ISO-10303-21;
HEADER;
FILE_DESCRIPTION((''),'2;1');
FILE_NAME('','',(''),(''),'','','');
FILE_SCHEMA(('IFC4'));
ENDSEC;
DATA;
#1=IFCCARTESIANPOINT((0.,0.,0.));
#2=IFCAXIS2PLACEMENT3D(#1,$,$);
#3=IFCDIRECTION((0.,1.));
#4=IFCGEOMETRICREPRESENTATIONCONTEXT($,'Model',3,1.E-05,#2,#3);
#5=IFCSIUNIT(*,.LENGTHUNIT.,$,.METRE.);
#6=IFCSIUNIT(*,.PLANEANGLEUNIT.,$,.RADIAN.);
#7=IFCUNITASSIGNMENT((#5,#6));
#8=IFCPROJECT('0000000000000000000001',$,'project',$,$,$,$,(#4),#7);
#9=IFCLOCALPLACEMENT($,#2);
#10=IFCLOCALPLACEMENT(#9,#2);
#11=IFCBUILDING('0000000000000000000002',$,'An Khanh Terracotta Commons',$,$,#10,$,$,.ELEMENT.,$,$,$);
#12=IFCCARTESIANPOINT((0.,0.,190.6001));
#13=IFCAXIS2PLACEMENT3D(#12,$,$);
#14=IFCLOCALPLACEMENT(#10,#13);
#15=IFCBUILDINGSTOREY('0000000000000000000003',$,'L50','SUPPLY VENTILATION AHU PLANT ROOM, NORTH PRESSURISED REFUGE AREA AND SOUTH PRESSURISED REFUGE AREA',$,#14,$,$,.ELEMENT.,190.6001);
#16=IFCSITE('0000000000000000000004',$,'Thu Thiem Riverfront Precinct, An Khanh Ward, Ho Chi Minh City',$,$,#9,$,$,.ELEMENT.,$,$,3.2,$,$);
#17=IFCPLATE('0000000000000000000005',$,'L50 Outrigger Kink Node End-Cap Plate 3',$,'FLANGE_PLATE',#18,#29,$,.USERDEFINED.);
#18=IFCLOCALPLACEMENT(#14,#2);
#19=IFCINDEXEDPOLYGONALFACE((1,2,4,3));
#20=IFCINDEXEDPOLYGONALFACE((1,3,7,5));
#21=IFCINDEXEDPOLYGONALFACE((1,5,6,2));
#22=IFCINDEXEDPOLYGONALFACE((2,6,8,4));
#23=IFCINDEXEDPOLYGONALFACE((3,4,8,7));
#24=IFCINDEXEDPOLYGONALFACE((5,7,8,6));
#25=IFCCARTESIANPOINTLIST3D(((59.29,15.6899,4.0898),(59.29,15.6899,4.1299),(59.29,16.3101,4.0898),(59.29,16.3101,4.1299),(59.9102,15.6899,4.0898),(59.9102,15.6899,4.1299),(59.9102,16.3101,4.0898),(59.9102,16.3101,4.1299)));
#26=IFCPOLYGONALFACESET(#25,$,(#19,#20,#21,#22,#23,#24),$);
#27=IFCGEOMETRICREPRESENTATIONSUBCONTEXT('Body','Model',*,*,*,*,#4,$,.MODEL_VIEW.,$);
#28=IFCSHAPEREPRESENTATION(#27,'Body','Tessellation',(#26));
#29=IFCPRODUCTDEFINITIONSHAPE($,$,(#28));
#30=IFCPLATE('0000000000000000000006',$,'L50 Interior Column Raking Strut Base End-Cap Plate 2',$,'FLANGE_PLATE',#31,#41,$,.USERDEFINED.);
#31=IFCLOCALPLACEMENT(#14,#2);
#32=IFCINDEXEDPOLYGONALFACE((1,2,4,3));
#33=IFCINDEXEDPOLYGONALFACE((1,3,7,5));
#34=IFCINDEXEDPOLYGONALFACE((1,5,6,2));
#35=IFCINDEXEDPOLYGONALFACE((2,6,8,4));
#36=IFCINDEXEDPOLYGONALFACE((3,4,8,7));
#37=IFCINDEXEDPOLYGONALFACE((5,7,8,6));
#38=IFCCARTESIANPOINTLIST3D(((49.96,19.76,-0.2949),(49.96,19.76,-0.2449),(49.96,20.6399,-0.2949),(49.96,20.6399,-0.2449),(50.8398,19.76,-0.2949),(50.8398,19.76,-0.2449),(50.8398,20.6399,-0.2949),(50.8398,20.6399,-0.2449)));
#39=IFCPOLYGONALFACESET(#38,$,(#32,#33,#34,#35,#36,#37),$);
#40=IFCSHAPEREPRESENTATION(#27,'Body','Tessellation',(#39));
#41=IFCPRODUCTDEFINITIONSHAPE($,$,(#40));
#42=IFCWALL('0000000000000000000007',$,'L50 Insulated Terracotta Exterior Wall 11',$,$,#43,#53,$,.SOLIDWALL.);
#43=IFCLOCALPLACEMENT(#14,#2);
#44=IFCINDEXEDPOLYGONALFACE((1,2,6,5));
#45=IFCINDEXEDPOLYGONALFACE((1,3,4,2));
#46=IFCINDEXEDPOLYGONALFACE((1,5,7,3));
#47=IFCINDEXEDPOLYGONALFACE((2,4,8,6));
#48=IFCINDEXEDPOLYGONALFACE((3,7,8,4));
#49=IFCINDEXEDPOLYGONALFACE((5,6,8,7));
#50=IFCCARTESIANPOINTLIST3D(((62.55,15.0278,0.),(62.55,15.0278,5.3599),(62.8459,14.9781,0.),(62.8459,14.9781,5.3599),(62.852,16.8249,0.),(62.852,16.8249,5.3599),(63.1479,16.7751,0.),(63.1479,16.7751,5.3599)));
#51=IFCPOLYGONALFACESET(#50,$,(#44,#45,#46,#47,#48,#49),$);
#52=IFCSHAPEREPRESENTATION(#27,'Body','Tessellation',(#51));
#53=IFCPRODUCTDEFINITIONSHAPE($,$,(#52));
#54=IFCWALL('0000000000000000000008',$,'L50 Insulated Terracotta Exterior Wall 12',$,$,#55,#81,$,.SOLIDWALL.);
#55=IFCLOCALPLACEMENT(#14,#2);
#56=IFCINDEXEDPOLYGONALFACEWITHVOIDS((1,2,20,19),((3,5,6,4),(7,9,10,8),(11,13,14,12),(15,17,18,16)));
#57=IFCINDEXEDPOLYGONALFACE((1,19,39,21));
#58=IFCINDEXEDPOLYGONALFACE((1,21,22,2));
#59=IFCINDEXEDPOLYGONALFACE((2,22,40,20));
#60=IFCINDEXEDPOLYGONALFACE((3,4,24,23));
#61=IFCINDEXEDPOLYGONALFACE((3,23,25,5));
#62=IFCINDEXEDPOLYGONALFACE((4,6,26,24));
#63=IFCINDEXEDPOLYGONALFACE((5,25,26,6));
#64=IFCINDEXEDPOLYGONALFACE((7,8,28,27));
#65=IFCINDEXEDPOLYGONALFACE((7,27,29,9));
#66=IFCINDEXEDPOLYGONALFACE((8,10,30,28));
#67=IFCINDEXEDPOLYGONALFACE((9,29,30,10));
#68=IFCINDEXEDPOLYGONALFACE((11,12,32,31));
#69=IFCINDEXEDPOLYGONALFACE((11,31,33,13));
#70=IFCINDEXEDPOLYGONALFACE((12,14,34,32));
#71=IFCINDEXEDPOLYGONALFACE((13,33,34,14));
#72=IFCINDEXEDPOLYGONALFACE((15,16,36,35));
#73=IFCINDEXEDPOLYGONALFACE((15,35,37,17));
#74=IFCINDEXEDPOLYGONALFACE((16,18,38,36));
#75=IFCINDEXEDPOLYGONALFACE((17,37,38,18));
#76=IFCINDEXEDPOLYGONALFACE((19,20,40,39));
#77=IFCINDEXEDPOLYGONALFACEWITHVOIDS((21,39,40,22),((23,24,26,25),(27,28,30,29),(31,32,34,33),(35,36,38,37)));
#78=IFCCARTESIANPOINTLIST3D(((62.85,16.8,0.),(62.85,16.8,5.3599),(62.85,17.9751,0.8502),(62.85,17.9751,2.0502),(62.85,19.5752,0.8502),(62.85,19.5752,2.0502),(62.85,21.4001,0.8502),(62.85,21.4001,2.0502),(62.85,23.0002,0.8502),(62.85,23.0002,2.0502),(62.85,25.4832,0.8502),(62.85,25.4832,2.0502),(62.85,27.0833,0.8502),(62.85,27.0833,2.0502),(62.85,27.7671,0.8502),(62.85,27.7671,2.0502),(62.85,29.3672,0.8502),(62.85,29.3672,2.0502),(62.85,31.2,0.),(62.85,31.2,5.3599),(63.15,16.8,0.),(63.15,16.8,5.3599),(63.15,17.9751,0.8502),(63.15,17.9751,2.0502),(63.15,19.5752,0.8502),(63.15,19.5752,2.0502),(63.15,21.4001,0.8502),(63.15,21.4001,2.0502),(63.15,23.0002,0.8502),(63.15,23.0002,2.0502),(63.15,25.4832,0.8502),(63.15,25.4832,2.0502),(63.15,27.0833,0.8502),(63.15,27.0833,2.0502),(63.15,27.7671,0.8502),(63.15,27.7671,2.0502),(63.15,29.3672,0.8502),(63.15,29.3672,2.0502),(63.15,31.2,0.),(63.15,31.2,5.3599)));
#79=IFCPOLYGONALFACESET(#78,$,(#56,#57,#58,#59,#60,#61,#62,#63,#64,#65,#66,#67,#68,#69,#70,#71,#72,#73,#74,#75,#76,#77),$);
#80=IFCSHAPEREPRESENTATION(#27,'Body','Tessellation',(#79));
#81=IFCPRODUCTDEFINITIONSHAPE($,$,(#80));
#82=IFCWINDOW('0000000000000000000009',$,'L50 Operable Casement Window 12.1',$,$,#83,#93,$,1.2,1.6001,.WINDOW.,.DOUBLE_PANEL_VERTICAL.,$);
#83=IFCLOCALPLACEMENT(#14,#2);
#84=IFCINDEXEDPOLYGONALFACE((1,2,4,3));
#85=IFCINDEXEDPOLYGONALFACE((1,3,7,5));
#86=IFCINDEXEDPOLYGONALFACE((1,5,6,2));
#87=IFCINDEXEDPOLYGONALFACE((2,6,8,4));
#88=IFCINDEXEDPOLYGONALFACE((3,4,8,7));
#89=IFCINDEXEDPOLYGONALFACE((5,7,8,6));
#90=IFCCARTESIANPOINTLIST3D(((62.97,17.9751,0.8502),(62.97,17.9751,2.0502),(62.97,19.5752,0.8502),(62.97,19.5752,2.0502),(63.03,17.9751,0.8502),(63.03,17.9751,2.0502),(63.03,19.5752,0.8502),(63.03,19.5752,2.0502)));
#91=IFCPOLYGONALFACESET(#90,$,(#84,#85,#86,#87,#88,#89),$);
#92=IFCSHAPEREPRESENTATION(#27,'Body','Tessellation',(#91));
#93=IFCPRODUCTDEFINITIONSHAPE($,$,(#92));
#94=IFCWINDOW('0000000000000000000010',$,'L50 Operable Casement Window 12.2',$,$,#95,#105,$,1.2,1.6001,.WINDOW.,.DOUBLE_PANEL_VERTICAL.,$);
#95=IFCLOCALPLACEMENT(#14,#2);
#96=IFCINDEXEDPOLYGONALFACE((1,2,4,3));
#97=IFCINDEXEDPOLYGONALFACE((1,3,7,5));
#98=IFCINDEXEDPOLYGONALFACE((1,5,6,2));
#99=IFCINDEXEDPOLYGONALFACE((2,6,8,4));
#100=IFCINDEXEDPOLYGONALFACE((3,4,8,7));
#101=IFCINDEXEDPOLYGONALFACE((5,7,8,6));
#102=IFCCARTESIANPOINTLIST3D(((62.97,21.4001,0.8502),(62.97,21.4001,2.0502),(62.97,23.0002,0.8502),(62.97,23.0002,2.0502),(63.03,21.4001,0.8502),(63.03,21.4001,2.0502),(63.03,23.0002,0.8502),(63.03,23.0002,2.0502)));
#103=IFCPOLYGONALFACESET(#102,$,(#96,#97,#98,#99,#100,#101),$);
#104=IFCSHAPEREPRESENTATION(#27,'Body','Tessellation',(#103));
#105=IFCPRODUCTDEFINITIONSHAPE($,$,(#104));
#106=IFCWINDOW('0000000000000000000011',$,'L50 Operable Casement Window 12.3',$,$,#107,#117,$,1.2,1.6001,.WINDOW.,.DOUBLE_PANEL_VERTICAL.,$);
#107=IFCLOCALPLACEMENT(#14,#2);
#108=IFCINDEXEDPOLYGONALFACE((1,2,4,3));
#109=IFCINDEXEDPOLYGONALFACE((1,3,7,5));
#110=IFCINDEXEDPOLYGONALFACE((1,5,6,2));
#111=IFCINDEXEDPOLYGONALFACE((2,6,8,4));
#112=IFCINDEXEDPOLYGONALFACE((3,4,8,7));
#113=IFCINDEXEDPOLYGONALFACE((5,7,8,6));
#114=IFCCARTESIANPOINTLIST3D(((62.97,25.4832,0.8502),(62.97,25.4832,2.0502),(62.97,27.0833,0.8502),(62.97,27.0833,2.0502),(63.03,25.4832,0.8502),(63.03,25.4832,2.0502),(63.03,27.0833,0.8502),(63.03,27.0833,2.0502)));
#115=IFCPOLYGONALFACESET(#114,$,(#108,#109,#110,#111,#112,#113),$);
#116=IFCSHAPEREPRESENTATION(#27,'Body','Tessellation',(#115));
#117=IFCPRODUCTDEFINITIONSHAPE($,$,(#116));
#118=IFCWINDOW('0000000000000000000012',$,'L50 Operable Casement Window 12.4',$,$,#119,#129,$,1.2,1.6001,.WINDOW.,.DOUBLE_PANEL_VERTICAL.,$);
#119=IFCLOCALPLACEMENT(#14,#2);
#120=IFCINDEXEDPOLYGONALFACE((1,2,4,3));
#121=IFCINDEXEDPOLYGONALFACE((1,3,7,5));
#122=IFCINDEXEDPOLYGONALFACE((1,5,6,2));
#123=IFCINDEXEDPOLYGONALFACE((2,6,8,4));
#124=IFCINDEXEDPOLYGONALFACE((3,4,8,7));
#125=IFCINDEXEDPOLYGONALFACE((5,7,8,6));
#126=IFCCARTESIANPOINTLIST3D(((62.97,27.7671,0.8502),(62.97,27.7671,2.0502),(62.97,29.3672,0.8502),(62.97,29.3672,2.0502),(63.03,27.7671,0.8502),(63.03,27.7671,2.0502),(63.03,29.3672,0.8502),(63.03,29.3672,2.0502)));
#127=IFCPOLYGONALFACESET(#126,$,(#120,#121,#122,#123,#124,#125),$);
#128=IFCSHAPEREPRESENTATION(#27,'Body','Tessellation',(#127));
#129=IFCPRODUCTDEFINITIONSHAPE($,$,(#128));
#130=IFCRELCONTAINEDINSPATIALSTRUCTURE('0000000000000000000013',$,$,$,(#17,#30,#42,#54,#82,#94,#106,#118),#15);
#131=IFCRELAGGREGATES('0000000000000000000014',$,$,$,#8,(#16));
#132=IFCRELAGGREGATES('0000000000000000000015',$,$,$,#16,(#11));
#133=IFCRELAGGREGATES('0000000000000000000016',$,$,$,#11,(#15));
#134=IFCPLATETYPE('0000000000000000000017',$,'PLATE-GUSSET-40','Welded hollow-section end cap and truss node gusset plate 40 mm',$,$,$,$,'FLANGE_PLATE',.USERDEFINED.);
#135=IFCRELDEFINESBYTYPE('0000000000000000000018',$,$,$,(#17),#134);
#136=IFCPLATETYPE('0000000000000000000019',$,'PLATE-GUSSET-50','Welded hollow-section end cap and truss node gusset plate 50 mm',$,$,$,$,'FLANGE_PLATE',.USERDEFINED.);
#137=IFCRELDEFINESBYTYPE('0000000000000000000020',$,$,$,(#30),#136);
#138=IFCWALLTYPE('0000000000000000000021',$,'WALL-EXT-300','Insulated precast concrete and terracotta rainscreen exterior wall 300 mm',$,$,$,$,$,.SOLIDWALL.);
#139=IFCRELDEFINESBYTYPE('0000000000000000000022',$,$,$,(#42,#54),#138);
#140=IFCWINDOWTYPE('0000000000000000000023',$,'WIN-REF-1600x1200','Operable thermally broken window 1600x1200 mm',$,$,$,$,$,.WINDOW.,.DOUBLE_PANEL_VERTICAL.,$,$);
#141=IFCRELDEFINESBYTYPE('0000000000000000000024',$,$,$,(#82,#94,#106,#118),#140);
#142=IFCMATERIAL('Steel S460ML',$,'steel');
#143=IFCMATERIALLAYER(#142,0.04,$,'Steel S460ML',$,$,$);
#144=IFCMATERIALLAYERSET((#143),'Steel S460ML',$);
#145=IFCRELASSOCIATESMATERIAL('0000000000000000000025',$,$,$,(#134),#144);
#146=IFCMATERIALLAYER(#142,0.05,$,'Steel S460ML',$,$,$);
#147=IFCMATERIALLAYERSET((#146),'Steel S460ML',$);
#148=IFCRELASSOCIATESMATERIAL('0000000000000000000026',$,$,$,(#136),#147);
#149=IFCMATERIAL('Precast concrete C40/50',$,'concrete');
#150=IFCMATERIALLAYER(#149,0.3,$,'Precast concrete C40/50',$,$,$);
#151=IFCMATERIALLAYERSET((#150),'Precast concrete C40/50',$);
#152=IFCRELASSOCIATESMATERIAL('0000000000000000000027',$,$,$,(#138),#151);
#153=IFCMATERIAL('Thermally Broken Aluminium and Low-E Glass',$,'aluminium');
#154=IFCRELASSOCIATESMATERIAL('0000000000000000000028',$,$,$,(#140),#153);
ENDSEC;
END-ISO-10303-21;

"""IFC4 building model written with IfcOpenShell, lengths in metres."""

from ifc_helpers import new_model, si_unit, direction, frame, frame_2d, origin, origin_2d, place, context, subcontext, project, spatial, rectangle, extrude, material, layer, layer_set, type_object, element, fill, save


model = new_model("IFC4")

# Units and contexts
model_context = context("Model", 3, precision=1e-05, world=origin(), true_north=direction((0.0, 1.0)))
body_context = subcontext(model_context, "Body", "Model", "MODEL_VIEW")
ifc_project = project(units=[si_unit("LENGTHUNIT", "METRE"), si_unit("PLANEANGLEUNIT", "RADIAN")], contexts=[model_context])

# Site, building, storey
site_placement = place(None, origin())
site = spatial("IfcSite", under=ifc_project, at=site_placement, Name="Thu Thiem Riverfront Precinct, An Khanh Ward, Ho Chi Minh City", CompositionType="ELEMENT", RefElevation=3.2)
building_placement = place(site_placement, origin())
building = spatial("IfcBuilding", under=site, at=building_placement, Name="An Khanh Terracotta Commons", CompositionType="ELEMENT")
storey_placement = place(building_placement, frame((0.0, 0.0, 190.6001)))
storey = spatial("IfcBuildingStorey", under=building, at=storey_placement, Name="L50", Description="SUPPLY VENTILATION AHU PLANT ROOM, NORTH PRESSURISED REFUGE AREA AND SOUTH PRESSURISED REFUGE AREA", CompositionType="ELEMENT", Elevation=190.6001)

# Shared definitions
ifc_material_1 = material(Name="Steel S460ML", Category="steel")

# Plates
ifc_layer_1 = layer(ifc_material_1, 0.04, Name="Steel S460ML")
ifc_layer_set_1 = layer_set([ifc_layer_1], Name="Steel S460ML")
plate_type_1 = type_object("IfcPlateType", Name="PLATE-GUSSET-40", Description="Welded hollow-section end cap and truss node gusset plate 40 mm", ElementType="FLANGE_PLATE", PredefinedType="USERDEFINED", material=ifc_layer_set_1)
plate_1_placement = place(storey_placement, frame((59.6001, 16.0, 4.0898), z_axis=(0.0, 0.0, 1.0), x_axis=(1.0, 0.0, 0.0)))
element("IfcPlate", 1, at=plate_1_placement, inside=storey, type_object=plate_type_1, Name="L50 Outrigger Kink Node End-Cap Plate 3", ObjectType="FLANGE_PLATE", PredefinedType="USERDEFINED", context=body_context, shape_type="SweptSolid", body=[
    extrude(rectangle(XDim=0.6201, YDim=0.6201, at=origin_2d()), origin(), (0.0, 0.0, 1.0), 0.04),
])
ifc_layer_2 = layer(ifc_material_1, 0.05, Name="Steel S460ML")
ifc_layer_set_2 = layer_set([ifc_layer_2], Name="Steel S460ML")
plate_type_2 = type_object("IfcPlateType", Name="PLATE-GUSSET-50", Description="Welded hollow-section end cap and truss node gusset plate 50 mm", ElementType="FLANGE_PLATE", PredefinedType="USERDEFINED", material=ifc_layer_set_2)
plate_2_placement = place(storey_placement, frame((50.3999, 20.2, -0.2949), z_axis=(0.0, 0.0, 1.0), x_axis=(1.0, 0.0, 0.0)))
element("IfcPlate", 2, at=plate_2_placement, inside=storey, type_object=plate_type_2, Name="L50 Interior Column Raking Strut Base End-Cap Plate 2", ObjectType="FLANGE_PLATE", PredefinedType="USERDEFINED", context=body_context, shape_type="SweptSolid", body=[
    extrude(rectangle(XDim=0.8799, YDim=0.8799, at=origin_2d()), origin(), (0.0, 0.0, 1.0), 0.05),
])

# Wall
ifc_material_2 = material(Name="Precast concrete C40/50", Category="concrete")
ifc_layer_3 = layer(ifc_material_2, 0.3, Name="Precast concrete C40/50")
ifc_layer_set_3 = layer_set([ifc_layer_3], Name="Precast concrete C40/50")
wall_type = type_object("IfcWallType", Name="WALL-EXT-300", Description="Insulated precast concrete and terracotta rainscreen exterior wall 300 mm", PredefinedType="SOLIDWALL", material=ifc_layer_set_3)
wall_1_placement = place(storey_placement, frame((62.698, 15.0029, 0.0), z_axis=(0.0, 0.0, 1.0), x_axis=(0.165724, 0.986172, 0.0)))
element("IfcWall", 3, at=wall_1_placement, inside=storey, type_object=wall_type, Name="L50 Insulated Terracotta Exterior Wall 11", PredefinedType="SOLIDWALL", context=body_context, shape_type="SweptSolid", body=[
    extrude(rectangle(XDim=1.8223, YDim=0.3, at=frame_2d((0.9111, 0.0))), origin(), (0.0, 0.0, 1.0), 5.3599),
])

# Wall, openings, windows
wall_2_placement = place(storey_placement, frame((63.0, 16.8, 0.0), z_axis=(0.0, 0.0, 1.0), x_axis=(0.0, 1.0, 0.0)))
wall_2 = element("IfcWall", 4, at=wall_2_placement, inside=storey, type_object=wall_type, Name="L50 Insulated Terracotta Exterior Wall 12", PredefinedType="SOLIDWALL", context=body_context, shape_type="SweptSolid", body=[
    extrude(rectangle(XDim=14.3999, YDim=0.3, at=frame_2d((7.2, 0.0))), origin(), (0.0, 0.0, 1.0), 5.3599),
])
opening_1_placement = place(wall_2_placement, frame((1.175, 0.0, 0.8501)))
opening_1 = element("IfcOpeningElement", 5, at=opening_1_placement, cuts=wall_2, PredefinedType="OPENING", context=body_context, shape_type="SweptSolid", body=[
    extrude(rectangle(XDim=1.6001, YDim=1.2, at=frame_2d((0.8, 0.6001))), frame((0.0, 0.1599, 0.0), z_axis=(0.0, -1.0, 0.0), x_axis=(1.0, 0.0, 0.0)), (0.0, 0.0, 1.0), 0.3201),
])
opening_2_placement = place(wall_2_placement, frame((4.6001, 0.0, 0.8501)))
opening_2 = element("IfcOpeningElement", 6, at=opening_2_placement, cuts=wall_2, PredefinedType="OPENING", context=body_context, shape_type="SweptSolid", body=[
    extrude(rectangle(XDim=1.6001, YDim=1.2, at=frame_2d((0.8, 0.6001))), frame((0.0, 0.1599, 0.0), z_axis=(0.0, -1.0, 0.0), x_axis=(1.0, 0.0, 0.0)), (0.0, 0.0, 1.0), 0.3201),
])
opening_3_placement = place(wall_2_placement, frame((8.6831, 0.0, 0.8501)))
opening_3 = element("IfcOpeningElement", 7, at=opening_3_placement, cuts=wall_2, PredefinedType="OPENING", context=body_context, shape_type="SweptSolid", body=[
    extrude(rectangle(XDim=1.6001, YDim=1.2, at=frame_2d((0.8, 0.6001))), frame((0.0, 0.1599, 0.0), z_axis=(0.0, -1.0, 0.0), x_axis=(1.0, 0.0, 0.0)), (0.0, 0.0, 1.0), 0.3201),
])
opening_4_placement = place(wall_2_placement, frame((10.967, 0.0, 0.8501)))
opening_4 = element("IfcOpeningElement", 8, at=opening_4_placement, cuts=wall_2, PredefinedType="OPENING", context=body_context, shape_type="SweptSolid", body=[
    extrude(rectangle(XDim=1.6001, YDim=1.2, at=frame_2d((0.8, 0.6001))), frame((0.0, 0.1599, 0.0), z_axis=(0.0, -1.0, 0.0), x_axis=(1.0, 0.0, 0.0)), (0.0, 0.0, 1.0), 0.3201),
])
ifc_material_3 = material(Name="Thermally Broken Aluminium and Low-E Glass", Category="aluminium")
window_type = type_object("IfcWindowType", Name="WIN-REF-1600x1200", Description="Operable thermally broken window 1600x1200 mm", PartitioningType="DOUBLE_PANEL_VERTICAL", PredefinedType="WINDOW", material=ifc_material_3)
window_1_placement = place(opening_1_placement, origin())
window_1 = element("IfcWindow", 9, at=window_1_placement, inside=storey, type_object=window_type, Name="L50 Operable Casement Window 12.1", OverallHeight=1.2, OverallWidth=1.6001, PartitioningType="DOUBLE_PANEL_VERTICAL", PredefinedType="WINDOW", context=body_context, shape_type="SweptSolid", body=[
    extrude(rectangle(XDim=1.6001, YDim=1.2, at=frame_2d((0.8, 0.6001))), frame((0.0, 0.03, 0.0), z_axis=(0.0, -1.0, 0.0), x_axis=(1.0, 0.0, 0.0)), (0.0, 0.0, 1.0), 0.0601),
])
fill(opening_1, window_1)
window_2_placement = place(opening_2_placement, origin())
window_2 = element("IfcWindow", 10, at=window_2_placement, inside=storey, type_object=window_type, Name="L50 Operable Casement Window 12.2", OverallHeight=1.2, OverallWidth=1.6001, PartitioningType="DOUBLE_PANEL_VERTICAL", PredefinedType="WINDOW", context=body_context, shape_type="SweptSolid", body=[
    extrude(rectangle(XDim=1.6001, YDim=1.2, at=frame_2d((0.8, 0.6001))), frame((0.0, 0.03, 0.0), z_axis=(0.0, -1.0, 0.0), x_axis=(1.0, 0.0, 0.0)), (0.0, 0.0, 1.0), 0.0601),
])
fill(opening_2, window_2)
window_3_placement = place(opening_3_placement, origin())
window_3 = element("IfcWindow", 11, at=window_3_placement, inside=storey, type_object=window_type, Name="L50 Operable Casement Window 12.3", OverallHeight=1.2, OverallWidth=1.6001, PartitioningType="DOUBLE_PANEL_VERTICAL", PredefinedType="WINDOW", context=body_context, shape_type="SweptSolid", body=[
    extrude(rectangle(XDim=1.6001, YDim=1.2, at=frame_2d((0.8, 0.6001))), frame((0.0, 0.03, 0.0), z_axis=(0.0, -1.0, 0.0), x_axis=(1.0, 0.0, 0.0)), (0.0, 0.0, 1.0), 0.0601),
])
fill(opening_3, window_3)
window_4_placement = place(opening_4_placement, origin())
window_4 = element("IfcWindow", 12, at=window_4_placement, inside=storey, type_object=window_type, Name="L50 Operable Casement Window 12.4", OverallHeight=1.2, OverallWidth=1.6001, PartitioningType="DOUBLE_PANEL_VERTICAL", PredefinedType="WINDOW", context=body_context, shape_type="SweptSolid", body=[
    extrude(rectangle(XDim=1.6001, YDim=1.2, at=frame_2d((0.8, 0.6001))), frame((0.0, 0.03, 0.0), z_axis=(0.0, -1.0, 0.0), x_axis=(1.0, 0.0, 0.0)), (0.0, 0.0, 1.0), 0.0601),
])
fill(opening_4, window_4)

save(model, "model.ifc")
